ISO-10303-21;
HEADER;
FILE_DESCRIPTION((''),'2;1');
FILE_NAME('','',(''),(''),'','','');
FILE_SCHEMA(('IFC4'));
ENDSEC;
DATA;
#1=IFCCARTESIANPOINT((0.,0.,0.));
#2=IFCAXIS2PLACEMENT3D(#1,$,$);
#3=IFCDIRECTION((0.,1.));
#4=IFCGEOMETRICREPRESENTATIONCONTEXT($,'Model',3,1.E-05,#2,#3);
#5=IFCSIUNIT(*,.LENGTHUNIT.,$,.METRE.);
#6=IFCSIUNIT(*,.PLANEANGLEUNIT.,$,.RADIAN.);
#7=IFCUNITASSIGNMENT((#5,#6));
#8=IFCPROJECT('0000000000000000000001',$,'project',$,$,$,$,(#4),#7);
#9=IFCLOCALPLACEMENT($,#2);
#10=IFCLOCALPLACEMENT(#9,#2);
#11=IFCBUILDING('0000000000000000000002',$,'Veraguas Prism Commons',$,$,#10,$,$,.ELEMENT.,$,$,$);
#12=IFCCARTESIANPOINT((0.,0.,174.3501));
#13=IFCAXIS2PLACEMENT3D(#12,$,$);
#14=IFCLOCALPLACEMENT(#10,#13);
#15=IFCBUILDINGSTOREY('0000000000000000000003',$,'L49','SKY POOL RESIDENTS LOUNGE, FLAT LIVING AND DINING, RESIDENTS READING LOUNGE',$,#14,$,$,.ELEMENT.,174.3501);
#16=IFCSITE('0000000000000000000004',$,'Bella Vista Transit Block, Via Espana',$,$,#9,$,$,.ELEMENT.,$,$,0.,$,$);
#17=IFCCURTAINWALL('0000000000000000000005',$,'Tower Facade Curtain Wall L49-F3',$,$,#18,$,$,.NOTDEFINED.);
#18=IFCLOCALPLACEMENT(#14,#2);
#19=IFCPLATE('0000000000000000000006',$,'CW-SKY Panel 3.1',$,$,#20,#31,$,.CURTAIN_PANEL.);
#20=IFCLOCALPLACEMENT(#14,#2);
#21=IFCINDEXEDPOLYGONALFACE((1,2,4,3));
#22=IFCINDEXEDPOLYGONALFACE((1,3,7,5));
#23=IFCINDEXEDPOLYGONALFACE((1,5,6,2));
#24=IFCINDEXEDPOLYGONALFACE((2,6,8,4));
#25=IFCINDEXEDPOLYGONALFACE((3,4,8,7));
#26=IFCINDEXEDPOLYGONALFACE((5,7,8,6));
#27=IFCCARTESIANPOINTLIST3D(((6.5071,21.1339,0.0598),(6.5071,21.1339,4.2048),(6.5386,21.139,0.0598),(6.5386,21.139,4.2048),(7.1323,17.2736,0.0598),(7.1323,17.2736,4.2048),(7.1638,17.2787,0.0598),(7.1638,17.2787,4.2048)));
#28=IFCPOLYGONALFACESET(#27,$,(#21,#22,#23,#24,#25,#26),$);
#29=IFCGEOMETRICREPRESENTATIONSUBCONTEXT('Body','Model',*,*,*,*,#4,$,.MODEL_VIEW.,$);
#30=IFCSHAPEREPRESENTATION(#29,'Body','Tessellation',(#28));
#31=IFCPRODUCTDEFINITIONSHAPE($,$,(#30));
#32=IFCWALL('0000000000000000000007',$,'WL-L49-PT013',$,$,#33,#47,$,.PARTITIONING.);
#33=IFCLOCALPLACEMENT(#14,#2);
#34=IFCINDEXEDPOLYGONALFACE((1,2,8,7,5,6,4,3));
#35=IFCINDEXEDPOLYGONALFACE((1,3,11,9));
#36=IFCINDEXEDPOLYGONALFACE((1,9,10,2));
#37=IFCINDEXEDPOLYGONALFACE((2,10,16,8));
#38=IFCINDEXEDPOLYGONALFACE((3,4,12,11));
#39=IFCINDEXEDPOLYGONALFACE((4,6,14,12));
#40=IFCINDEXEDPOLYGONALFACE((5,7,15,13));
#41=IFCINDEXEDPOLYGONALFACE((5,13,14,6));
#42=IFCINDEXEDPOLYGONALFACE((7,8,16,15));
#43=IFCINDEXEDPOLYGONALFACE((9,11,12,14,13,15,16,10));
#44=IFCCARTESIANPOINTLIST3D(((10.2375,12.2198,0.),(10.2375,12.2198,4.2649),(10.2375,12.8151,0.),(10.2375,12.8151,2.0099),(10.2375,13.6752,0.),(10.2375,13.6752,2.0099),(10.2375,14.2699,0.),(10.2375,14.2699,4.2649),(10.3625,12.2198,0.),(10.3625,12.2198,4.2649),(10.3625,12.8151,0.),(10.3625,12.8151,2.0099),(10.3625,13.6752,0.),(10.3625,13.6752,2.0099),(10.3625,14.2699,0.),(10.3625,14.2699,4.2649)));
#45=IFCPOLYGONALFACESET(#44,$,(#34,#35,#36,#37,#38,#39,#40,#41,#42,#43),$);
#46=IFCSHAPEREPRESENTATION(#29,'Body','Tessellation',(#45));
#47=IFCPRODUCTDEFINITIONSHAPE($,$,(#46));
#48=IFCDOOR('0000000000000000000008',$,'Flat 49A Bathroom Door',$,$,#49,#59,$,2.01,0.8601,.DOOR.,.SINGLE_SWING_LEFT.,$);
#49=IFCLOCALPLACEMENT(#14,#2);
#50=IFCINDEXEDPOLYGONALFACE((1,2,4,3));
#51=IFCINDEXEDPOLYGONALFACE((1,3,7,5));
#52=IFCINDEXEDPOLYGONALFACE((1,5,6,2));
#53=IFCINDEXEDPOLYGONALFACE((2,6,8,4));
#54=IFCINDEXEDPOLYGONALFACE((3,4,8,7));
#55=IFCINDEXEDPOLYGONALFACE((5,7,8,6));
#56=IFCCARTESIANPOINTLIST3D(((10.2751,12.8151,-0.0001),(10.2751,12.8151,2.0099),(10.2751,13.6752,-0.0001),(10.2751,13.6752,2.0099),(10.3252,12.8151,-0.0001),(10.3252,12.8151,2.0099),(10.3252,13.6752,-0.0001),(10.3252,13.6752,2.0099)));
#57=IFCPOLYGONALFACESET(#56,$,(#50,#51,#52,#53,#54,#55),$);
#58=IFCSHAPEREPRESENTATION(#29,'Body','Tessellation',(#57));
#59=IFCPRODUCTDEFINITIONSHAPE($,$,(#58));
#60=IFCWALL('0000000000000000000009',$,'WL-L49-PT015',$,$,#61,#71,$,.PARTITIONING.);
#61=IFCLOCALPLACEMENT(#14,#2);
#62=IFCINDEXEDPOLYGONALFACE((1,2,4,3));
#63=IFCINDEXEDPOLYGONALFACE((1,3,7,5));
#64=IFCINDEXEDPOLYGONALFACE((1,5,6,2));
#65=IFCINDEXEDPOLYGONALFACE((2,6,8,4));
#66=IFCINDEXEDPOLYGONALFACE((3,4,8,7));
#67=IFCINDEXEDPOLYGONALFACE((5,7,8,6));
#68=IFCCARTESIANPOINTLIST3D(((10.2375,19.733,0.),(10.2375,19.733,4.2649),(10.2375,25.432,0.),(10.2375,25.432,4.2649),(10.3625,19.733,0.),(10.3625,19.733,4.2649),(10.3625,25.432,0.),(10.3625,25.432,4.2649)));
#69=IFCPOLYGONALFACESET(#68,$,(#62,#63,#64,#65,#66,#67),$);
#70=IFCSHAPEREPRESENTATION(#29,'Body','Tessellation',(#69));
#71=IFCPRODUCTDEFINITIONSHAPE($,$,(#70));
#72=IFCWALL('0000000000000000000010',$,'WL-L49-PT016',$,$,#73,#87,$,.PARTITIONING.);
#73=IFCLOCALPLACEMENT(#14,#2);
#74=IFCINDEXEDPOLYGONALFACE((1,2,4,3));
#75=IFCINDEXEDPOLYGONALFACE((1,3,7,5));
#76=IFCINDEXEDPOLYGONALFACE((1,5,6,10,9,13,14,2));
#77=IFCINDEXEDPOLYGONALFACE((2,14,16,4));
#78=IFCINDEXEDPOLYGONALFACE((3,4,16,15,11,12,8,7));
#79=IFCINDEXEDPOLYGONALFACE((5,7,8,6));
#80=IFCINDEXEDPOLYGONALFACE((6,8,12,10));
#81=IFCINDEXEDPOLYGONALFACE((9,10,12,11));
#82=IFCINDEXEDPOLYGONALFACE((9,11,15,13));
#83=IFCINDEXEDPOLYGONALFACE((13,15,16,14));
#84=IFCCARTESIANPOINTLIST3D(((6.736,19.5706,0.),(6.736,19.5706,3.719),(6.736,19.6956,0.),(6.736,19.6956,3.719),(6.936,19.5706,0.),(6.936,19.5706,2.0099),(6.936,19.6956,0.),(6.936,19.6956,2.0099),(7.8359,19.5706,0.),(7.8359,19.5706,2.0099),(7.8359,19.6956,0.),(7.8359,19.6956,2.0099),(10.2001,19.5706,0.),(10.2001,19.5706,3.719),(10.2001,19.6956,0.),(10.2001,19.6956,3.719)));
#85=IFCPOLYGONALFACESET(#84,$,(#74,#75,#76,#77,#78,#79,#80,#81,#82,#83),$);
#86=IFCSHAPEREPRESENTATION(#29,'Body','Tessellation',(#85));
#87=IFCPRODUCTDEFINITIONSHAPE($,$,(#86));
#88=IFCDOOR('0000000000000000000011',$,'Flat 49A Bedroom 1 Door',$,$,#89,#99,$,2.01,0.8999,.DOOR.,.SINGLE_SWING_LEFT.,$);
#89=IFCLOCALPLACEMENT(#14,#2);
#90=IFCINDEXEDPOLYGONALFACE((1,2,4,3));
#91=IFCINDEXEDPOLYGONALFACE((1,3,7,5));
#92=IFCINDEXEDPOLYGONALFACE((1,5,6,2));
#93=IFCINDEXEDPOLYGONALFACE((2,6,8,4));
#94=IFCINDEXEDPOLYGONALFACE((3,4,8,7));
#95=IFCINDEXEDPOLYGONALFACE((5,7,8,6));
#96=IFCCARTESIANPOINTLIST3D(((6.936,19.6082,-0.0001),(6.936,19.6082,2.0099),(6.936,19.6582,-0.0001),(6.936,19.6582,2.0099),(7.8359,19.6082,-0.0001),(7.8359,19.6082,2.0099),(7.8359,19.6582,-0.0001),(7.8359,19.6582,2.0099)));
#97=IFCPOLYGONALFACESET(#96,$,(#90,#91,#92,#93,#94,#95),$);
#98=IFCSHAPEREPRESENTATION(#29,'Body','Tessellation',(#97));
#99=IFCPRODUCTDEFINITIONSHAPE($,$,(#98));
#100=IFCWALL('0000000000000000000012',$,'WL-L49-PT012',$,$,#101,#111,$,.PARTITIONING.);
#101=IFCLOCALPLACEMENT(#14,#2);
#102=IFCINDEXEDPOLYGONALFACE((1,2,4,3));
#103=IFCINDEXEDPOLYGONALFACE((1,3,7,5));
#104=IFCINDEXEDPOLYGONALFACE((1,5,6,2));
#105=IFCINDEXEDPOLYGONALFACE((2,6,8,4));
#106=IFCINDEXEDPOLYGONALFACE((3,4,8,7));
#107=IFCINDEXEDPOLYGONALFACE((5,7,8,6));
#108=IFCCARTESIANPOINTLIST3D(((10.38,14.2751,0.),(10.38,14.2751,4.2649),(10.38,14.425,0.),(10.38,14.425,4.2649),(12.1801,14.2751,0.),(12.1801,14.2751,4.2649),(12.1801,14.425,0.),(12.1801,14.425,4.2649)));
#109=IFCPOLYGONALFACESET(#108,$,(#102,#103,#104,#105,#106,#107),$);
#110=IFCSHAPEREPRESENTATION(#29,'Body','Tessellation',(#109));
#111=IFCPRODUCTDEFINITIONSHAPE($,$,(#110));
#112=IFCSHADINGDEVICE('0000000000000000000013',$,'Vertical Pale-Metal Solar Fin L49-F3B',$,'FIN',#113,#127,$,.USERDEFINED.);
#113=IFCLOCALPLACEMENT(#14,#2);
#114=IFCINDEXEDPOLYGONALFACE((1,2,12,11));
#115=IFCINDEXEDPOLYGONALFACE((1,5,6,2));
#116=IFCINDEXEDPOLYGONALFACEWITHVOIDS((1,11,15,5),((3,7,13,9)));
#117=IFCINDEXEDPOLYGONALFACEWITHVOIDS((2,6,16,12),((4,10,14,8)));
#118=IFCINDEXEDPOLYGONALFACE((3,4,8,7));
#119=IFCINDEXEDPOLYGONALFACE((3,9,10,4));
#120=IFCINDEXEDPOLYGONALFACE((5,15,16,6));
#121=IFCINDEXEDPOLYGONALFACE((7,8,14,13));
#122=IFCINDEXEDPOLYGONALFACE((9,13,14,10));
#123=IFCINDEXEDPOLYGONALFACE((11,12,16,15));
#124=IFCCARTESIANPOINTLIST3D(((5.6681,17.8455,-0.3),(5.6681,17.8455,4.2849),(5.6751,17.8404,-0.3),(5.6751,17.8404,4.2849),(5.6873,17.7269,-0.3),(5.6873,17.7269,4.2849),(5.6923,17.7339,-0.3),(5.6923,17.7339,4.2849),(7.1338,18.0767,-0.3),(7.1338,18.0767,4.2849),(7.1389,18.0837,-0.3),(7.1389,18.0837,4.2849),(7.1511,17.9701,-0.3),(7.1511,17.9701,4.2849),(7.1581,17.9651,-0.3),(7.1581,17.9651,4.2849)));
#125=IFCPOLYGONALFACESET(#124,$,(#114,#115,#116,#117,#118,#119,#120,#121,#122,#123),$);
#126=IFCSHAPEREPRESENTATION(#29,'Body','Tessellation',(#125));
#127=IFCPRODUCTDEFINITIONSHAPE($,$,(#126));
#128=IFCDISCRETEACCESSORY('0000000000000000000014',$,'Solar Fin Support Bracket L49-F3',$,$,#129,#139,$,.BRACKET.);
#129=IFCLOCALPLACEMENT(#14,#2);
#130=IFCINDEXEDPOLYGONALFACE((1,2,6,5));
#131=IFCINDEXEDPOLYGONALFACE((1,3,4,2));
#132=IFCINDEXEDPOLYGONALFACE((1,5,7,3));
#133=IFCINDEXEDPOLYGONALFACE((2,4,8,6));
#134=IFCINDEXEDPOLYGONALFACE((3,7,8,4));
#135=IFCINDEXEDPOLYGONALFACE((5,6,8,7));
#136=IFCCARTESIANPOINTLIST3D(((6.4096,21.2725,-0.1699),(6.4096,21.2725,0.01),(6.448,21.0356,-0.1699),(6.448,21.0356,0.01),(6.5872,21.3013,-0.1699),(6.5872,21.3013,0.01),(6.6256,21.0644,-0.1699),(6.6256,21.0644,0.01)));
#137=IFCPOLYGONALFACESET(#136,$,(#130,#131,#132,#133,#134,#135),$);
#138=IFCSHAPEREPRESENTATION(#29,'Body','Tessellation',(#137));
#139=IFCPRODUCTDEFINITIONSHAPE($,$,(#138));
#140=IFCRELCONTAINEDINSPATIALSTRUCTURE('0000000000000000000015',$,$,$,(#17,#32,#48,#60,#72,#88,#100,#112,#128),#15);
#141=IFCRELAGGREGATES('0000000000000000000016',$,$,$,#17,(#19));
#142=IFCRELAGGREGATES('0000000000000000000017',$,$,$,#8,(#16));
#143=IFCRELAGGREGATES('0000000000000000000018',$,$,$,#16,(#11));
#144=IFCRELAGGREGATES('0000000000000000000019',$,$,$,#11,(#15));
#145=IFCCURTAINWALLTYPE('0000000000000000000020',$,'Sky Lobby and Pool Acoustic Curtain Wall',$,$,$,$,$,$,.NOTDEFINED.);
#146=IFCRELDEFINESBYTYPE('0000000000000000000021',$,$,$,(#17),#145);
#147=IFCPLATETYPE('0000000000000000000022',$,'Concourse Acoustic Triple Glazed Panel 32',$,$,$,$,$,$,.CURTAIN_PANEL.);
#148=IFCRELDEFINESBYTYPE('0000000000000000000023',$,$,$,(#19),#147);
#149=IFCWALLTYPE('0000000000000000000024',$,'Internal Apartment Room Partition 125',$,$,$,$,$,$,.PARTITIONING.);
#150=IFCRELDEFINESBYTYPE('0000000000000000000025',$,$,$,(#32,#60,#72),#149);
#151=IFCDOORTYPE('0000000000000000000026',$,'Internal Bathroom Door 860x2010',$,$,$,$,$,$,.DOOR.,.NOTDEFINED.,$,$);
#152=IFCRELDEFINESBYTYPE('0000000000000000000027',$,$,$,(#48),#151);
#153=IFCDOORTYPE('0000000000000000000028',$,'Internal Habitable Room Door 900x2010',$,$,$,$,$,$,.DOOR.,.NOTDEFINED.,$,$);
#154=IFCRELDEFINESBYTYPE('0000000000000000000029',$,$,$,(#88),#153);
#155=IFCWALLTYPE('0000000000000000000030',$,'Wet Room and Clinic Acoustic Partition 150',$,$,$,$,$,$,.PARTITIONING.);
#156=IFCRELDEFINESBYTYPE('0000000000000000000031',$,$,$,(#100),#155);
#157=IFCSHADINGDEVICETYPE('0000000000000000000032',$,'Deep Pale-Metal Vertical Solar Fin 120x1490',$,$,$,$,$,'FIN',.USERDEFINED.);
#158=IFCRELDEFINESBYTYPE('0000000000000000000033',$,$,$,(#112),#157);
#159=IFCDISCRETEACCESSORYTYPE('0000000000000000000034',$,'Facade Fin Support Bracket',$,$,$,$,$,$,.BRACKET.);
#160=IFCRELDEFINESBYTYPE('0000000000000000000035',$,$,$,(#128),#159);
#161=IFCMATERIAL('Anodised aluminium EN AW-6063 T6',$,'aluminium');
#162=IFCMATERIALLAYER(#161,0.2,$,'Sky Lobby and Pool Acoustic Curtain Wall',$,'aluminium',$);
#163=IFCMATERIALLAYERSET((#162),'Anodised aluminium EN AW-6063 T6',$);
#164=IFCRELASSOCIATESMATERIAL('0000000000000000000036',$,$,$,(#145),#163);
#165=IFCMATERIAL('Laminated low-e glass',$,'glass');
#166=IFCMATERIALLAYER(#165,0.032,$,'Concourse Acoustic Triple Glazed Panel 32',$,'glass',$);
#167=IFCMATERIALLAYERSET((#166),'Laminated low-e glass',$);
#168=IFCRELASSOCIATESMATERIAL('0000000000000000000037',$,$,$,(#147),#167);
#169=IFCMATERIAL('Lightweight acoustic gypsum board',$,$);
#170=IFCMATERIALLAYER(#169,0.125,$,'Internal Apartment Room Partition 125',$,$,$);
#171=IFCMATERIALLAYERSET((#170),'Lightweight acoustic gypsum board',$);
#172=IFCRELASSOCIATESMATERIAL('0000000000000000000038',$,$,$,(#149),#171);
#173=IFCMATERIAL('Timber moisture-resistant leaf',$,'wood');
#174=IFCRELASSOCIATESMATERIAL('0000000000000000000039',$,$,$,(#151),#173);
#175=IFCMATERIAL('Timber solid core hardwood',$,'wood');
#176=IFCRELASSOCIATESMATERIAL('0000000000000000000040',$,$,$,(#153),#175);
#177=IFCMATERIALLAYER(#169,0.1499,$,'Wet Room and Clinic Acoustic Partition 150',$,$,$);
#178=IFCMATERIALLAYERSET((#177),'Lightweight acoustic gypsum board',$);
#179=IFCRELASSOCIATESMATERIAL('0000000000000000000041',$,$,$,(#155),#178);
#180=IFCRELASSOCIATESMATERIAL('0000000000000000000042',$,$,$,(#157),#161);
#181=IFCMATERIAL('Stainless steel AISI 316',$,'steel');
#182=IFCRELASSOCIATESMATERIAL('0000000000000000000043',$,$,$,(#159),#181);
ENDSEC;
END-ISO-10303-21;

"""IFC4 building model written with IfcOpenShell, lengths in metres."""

from ifc_helpers import new_model, si_unit, direction, frame, frame_2d, origin, origin_2d, place, context, subcontext, project, spatial, rectangle, hollow_rectangle, extrude, source, transform, mapped, material, layer, layer_set, material_profile, profile_set, type_object, element, fill, aggregate, save


model = new_model("IFC4")

# Units and contexts
model_context = context("Model", 3, precision=1e-05, world=origin(), true_north=direction((0.0, 1.0)))
body_context = subcontext(model_context, "Body", "Model", "MODEL_VIEW")
ifc_project = project(units=[si_unit("LENGTHUNIT", "METRE"), si_unit("PLANEANGLEUNIT", "RADIAN")], contexts=[model_context])

# Site, building, storey
site_placement = place(None, origin())
site = spatial("IfcSite", under=ifc_project, at=site_placement, Name="Bella Vista Transit Block, Via Espana", CompositionType="ELEMENT", RefElevation=0.0)
building_placement = place(site_placement, origin())
building = spatial("IfcBuilding", under=site, at=building_placement, Name="Veraguas Prism Commons", CompositionType="ELEMENT")
storey_placement = place(building_placement, frame((0.0, 0.0, 174.3501)))
storey = spatial("IfcBuildingStorey", under=building, at=storey_placement, Name="L49", Description="SKY POOL RESIDENTS LOUNGE, FLAT LIVING AND DINING, RESIDENTS READING LOUNGE", CompositionType="ELEMENT", Elevation=174.3501)

# Curtain wall
ifc_material_1 = material(Name="Anodised aluminium EN AW-6063 T6", Category="aluminium")
ifc_layer_1 = layer(ifc_material_1, 0.2, Name="Sky Lobby and Pool Acoustic Curtain Wall", Category="aluminium")
ifc_layer_set_1 = layer_set([ifc_layer_1], Name="Anodised aluminium EN AW-6063 T6")
curtain_wall_type = type_object("IfcCurtainWallType", Name="Sky Lobby and Pool Acoustic Curtain Wall", PredefinedType="NOTDEFINED", material=ifc_layer_set_1)
curtain_wall_1_placement = place(storey_placement, origin())
curtain_wall_1 = element("IfcCurtainWall", 1, at=curtain_wall_1_placement, inside=storey, type_object=curtain_wall_type, Name="Tower Facade Curtain Wall L49-F3", PredefinedType="NOTDEFINED")

# Plate
ifc_material_2 = material(Name="Laminated low-e glass", Category="glass")
ifc_layer_2 = layer(ifc_material_2, 0.032, Name="Concourse Acoustic Triple Glazed Panel 32", Category="glass")
ifc_layer_set_2 = layer_set([ifc_layer_2], Name="Laminated low-e glass")
plate_type = type_object("IfcPlateType", Name="Concourse Acoustic Triple Glazed Panel 32", PredefinedType="CURTAIN_PANEL", material=ifc_layer_set_2)
shared_shape_1 = source(origin(), body_context, "Body", "SweptSolid", [
    extrude(rectangle(XDim=3.9106, YDim=0.032, at=origin_2d()), origin(), (0.0, 0.0, 1.0), 4.145),
])
plate_1_placement = place(storey_placement, frame((6.8354, 19.2063, 0.0598), z_axis=(0.0, 0.0, 1.0), x_axis=(0.159874, -0.987137, 0.0)))
plate_1 = element("IfcPlate", 2, at=plate_1_placement, type_object=plate_type, Name="CW-SKY Panel 3.1", PredefinedType="CURTAIN_PANEL", context=body_context, shape_type="MappedRepresentation", body=[
    mapped(shared_shape_1, transform((0.0, 0.0, 0.0), scale=1.0)),
])
aggregate(curtain_wall_1, [plate_1])

# Wall, opening, door
ifc_material_3 = material(Name="Lightweight acoustic gypsum board")
ifc_layer_3 = layer(ifc_material_3, 0.125, Name="Internal Apartment Room Partition 125")
ifc_layer_set_3 = layer_set([ifc_layer_3], Name="Lightweight acoustic gypsum board")
wall_type_1 = type_object("IfcWallType", Name="Internal Apartment Room Partition 125", PredefinedType="PARTITIONING", material=ifc_layer_set_3)
wall_1_placement = place(storey_placement, frame((10.3, 12.22, 0.0), z_axis=(0.0, 0.0, 1.0), x_axis=(0.0, 1.0, 0.0)))
wall_1 = element("IfcWall", 3, at=wall_1_placement, inside=storey, type_object=wall_type_1, Name="WL-L49-PT013", PredefinedType="PARTITIONING", context=body_context, shape_type="SweptSolid", body=[
    extrude(rectangle(XDim=2.05, YDim=0.125, at=frame_2d((1.0249, 0.0))), origin(), (0.0, 0.0, 1.0), 4.2649),
])
opening_1_placement = place(wall_1_placement, frame((0.595, 0.0, 0.0)))
opening_1 = element("IfcOpeningElement", 4, at=opening_1_placement, cuts=wall_1, PredefinedType="OPENING", context=body_context, shape_type="SweptSolid", body=[
    extrude(rectangle(XDim=0.8601, YDim=2.01, at=frame_2d((0.4302, 1.0049))), frame((0.0, 0.0725, 0.0), z_axis=(0.0, -1.0, 0.0), x_axis=(1.0, 0.0, 0.0)), (0.0, 0.0, 1.0), 0.145),
])
ifc_material_4 = material(Name="Timber moisture-resistant leaf", Category="wood")
door_type_1 = type_object("IfcDoorType", Name="Internal Bathroom Door 860x2010", OperationType="NOTDEFINED", PredefinedType="DOOR", material=ifc_material_4)
shared_shape_2 = source(origin(), body_context, "Body", "SweptSolid", [
    extrude(rectangle(XDim=0.8601, YDim=2.01, at=frame_2d((0.4302, 1.0049))), frame((0.0, 0.0249, 0.0), z_axis=(0.0, -1.0, 0.0), x_axis=(1.0, 0.0, 0.0)), (0.0, 0.0, 1.0), 0.05),
])
door_1_placement = place(opening_1_placement, origin())
door_1 = element("IfcDoor", 5, at=door_1_placement, inside=storey, type_object=door_type_1, Name="Flat 49A Bathroom Door", OperationType="SINGLE_SWING_LEFT", OverallHeight=2.01, OverallWidth=0.8601, PredefinedType="DOOR", context=body_context, shape_type="MappedRepresentation", body=[
    mapped(shared_shape_2, transform((0.0, 0.0, 0.0), scale=1.0)),
])
fill(opening_1, door_1)

# Wall
wall_2_placement = place(storey_placement, frame((10.3, 19.7329, 0.0), z_axis=(0.0, 0.0, 1.0), x_axis=(0.0, 1.0, 0.0)))
element("IfcWall", 6, at=wall_2_placement, inside=storey, type_object=wall_type_1, Name="WL-L49-PT015", PredefinedType="PARTITIONING", context=body_context, shape_type="SweptSolid", body=[
    extrude(rectangle(XDim=5.699, YDim=0.125, at=frame_2d((2.8496, 0.0))), origin(), (0.0, 0.0, 1.0), 4.2649),
])

# Wall, opening, door
wall_3_placement = place(storey_placement, frame((10.2, 19.6331, 0.0), z_axis=(0.0, 0.0, 1.0), x_axis=(-1.0, 0.0, 0.0)))
wall_3 = element("IfcWall", 7, at=wall_3_placement, inside=storey, type_object=wall_type_1, Name="WL-L49-PT016", PredefinedType="PARTITIONING", context=body_context, shape_type="SweptSolid", body=[
    extrude(rectangle(XDim=3.4641, YDim=0.125, at=frame_2d((1.7319, 0.0))), origin(), (0.0, 0.0, 1.0), 3.719),
])
opening_2_placement = place(wall_3_placement, frame((2.364, 0.0, 0.0)))
opening_2 = element("IfcOpeningElement", 8, at=opening_2_placement, cuts=wall_3, PredefinedType="OPENING", context=body_context, shape_type="SweptSolid", body=[
    extrude(rectangle(XDim=0.8999, YDim=2.01, at=frame_2d((0.45, 1.0049))), frame((0.0, 0.0725, 0.0), z_axis=(0.0, -1.0, 0.0), x_axis=(1.0, 0.0, 0.0)), (0.0, 0.0, 1.0), 0.145),
])
ifc_material_5 = material(Name="Timber solid core hardwood", Category="wood")
door_type_2 = type_object("IfcDoorType", Name="Internal Habitable Room Door 900x2010", OperationType="NOTDEFINED", PredefinedType="DOOR", material=ifc_material_5)
shared_shape_3 = source(origin(), body_context, "Body", "SweptSolid", [
    extrude(rectangle(XDim=0.8999, YDim=2.01, at=frame_2d((0.45, 1.0049))), frame((0.0, 0.0249, 0.0), z_axis=(0.0, -1.0, 0.0), x_axis=(1.0, 0.0, 0.0)), (0.0, 0.0, 1.0), 0.05),
])
door_2_placement = place(opening_2_placement, origin())
door_2 = element("IfcDoor", 9, at=door_2_placement, inside=storey, type_object=door_type_2, Name="Flat 49A Bedroom 1 Door", OperationType="SINGLE_SWING_LEFT", OverallHeight=2.01, OverallWidth=0.8999, PredefinedType="DOOR", context=body_context, shape_type="MappedRepresentation", body=[
    mapped(shared_shape_3, transform((0.0, 0.0, 0.0), scale=1.0)),
])
fill(opening_2, door_2)

# Wall
ifc_layer_4 = layer(ifc_material_3, 0.1499, Name="Wet Room and Clinic Acoustic Partition 150")
ifc_layer_set_4 = layer_set([ifc_layer_4], Name="Lightweight acoustic gypsum board")
wall_type_2 = type_object("IfcWallType", Name="Wet Room and Clinic Acoustic Partition 150", PredefinedType="PARTITIONING", material=ifc_layer_set_4)
wall_4_placement = place(storey_placement, frame((12.1799, 14.3501, 0.0), z_axis=(0.0, 0.0, 1.0), x_axis=(-1.0, 0.0, 0.0)))
element("IfcWall", 10, at=wall_4_placement, inside=storey, type_object=wall_type_2, Name="WL-L49-PT012", PredefinedType="PARTITIONING", context=body_context, shape_type="SweptSolid", body=[
    extrude(rectangle(XDim=1.8, YDim=0.1499, at=frame_2d((0.8999, 0.0))), origin(), (0.0, 0.0, 1.0), 4.2649),
])

# Shading device
ifc_material_profile_1 = material_profile(ifc_material_1, hollow_rectangle(XDim=0.1201, YDim=1.49, WallThickness=0.0061, at=origin_2d()), Name="FIN120X1490X6")
ifc_profile_set_1 = profile_set([ifc_material_profile_1], Name="Anodised aluminium EN AW-6063 T6")
shading_device_type = type_object("IfcShadingDeviceType", Name="Deep Pale-Metal Vertical Solar Fin 120x1490", ElementType="FIN", PredefinedType="USERDEFINED", material=ifc_profile_set_1)
shading_device_placement = place(storey_placement, frame((6.4131, 17.9053, -0.3), z_axis=(0.0, 0.0, 1.0), x_axis=(0.159876, -0.987137, 0.0)))
element("IfcShadingDevice", 11, at=shading_device_placement, inside=storey, type_object=shading_device_type, Name="Vertical Pale-Metal Solar Fin L49-F3B", ObjectType="FIN", PredefinedType="USERDEFINED", context=body_context, shape_type="SweptSolid", body=[
    extrude(hollow_rectangle(XDim=0.1201, YDim=1.49, WallThickness=0.0061, at=origin_2d()), origin(), (0.0, 0.0, 1.0), 4.585),
])

# Discrete accessory
ifc_material_6 = material(Name="Stainless steel AISI 316", Category="steel")
discrete_accessory_type = type_object("IfcDiscreteAccessoryType", Name="Facade Fin Support Bracket", PredefinedType="BRACKET", material=ifc_material_6)
shared_shape_4 = source(origin(), body_context, "Body", "SweptSolid", [
    extrude(rectangle(XDim=0.24, YDim=0.1799, at=origin_2d()), origin(), (0.0, 0.0, 1.0), 0.1799),
])
discrete_accessory_placement = place(storey_placement, frame((6.5176, 21.1685, -0.1699), z_axis=(0.0, 0.0, 1.0), x_axis=(0.159876, -0.987137, 0.0)))
element("IfcDiscreteAccessory", 12, at=discrete_accessory_placement, inside=storey, type_object=discrete_accessory_type, Name="Solar Fin Support Bracket L49-F3", PredefinedType="BRACKET", context=body_context, shape_type="MappedRepresentation", body=[
    mapped(shared_shape_4, transform((0.0, 0.0, 0.0), scale=1.0)),
])

save(model, "model.ifc")
